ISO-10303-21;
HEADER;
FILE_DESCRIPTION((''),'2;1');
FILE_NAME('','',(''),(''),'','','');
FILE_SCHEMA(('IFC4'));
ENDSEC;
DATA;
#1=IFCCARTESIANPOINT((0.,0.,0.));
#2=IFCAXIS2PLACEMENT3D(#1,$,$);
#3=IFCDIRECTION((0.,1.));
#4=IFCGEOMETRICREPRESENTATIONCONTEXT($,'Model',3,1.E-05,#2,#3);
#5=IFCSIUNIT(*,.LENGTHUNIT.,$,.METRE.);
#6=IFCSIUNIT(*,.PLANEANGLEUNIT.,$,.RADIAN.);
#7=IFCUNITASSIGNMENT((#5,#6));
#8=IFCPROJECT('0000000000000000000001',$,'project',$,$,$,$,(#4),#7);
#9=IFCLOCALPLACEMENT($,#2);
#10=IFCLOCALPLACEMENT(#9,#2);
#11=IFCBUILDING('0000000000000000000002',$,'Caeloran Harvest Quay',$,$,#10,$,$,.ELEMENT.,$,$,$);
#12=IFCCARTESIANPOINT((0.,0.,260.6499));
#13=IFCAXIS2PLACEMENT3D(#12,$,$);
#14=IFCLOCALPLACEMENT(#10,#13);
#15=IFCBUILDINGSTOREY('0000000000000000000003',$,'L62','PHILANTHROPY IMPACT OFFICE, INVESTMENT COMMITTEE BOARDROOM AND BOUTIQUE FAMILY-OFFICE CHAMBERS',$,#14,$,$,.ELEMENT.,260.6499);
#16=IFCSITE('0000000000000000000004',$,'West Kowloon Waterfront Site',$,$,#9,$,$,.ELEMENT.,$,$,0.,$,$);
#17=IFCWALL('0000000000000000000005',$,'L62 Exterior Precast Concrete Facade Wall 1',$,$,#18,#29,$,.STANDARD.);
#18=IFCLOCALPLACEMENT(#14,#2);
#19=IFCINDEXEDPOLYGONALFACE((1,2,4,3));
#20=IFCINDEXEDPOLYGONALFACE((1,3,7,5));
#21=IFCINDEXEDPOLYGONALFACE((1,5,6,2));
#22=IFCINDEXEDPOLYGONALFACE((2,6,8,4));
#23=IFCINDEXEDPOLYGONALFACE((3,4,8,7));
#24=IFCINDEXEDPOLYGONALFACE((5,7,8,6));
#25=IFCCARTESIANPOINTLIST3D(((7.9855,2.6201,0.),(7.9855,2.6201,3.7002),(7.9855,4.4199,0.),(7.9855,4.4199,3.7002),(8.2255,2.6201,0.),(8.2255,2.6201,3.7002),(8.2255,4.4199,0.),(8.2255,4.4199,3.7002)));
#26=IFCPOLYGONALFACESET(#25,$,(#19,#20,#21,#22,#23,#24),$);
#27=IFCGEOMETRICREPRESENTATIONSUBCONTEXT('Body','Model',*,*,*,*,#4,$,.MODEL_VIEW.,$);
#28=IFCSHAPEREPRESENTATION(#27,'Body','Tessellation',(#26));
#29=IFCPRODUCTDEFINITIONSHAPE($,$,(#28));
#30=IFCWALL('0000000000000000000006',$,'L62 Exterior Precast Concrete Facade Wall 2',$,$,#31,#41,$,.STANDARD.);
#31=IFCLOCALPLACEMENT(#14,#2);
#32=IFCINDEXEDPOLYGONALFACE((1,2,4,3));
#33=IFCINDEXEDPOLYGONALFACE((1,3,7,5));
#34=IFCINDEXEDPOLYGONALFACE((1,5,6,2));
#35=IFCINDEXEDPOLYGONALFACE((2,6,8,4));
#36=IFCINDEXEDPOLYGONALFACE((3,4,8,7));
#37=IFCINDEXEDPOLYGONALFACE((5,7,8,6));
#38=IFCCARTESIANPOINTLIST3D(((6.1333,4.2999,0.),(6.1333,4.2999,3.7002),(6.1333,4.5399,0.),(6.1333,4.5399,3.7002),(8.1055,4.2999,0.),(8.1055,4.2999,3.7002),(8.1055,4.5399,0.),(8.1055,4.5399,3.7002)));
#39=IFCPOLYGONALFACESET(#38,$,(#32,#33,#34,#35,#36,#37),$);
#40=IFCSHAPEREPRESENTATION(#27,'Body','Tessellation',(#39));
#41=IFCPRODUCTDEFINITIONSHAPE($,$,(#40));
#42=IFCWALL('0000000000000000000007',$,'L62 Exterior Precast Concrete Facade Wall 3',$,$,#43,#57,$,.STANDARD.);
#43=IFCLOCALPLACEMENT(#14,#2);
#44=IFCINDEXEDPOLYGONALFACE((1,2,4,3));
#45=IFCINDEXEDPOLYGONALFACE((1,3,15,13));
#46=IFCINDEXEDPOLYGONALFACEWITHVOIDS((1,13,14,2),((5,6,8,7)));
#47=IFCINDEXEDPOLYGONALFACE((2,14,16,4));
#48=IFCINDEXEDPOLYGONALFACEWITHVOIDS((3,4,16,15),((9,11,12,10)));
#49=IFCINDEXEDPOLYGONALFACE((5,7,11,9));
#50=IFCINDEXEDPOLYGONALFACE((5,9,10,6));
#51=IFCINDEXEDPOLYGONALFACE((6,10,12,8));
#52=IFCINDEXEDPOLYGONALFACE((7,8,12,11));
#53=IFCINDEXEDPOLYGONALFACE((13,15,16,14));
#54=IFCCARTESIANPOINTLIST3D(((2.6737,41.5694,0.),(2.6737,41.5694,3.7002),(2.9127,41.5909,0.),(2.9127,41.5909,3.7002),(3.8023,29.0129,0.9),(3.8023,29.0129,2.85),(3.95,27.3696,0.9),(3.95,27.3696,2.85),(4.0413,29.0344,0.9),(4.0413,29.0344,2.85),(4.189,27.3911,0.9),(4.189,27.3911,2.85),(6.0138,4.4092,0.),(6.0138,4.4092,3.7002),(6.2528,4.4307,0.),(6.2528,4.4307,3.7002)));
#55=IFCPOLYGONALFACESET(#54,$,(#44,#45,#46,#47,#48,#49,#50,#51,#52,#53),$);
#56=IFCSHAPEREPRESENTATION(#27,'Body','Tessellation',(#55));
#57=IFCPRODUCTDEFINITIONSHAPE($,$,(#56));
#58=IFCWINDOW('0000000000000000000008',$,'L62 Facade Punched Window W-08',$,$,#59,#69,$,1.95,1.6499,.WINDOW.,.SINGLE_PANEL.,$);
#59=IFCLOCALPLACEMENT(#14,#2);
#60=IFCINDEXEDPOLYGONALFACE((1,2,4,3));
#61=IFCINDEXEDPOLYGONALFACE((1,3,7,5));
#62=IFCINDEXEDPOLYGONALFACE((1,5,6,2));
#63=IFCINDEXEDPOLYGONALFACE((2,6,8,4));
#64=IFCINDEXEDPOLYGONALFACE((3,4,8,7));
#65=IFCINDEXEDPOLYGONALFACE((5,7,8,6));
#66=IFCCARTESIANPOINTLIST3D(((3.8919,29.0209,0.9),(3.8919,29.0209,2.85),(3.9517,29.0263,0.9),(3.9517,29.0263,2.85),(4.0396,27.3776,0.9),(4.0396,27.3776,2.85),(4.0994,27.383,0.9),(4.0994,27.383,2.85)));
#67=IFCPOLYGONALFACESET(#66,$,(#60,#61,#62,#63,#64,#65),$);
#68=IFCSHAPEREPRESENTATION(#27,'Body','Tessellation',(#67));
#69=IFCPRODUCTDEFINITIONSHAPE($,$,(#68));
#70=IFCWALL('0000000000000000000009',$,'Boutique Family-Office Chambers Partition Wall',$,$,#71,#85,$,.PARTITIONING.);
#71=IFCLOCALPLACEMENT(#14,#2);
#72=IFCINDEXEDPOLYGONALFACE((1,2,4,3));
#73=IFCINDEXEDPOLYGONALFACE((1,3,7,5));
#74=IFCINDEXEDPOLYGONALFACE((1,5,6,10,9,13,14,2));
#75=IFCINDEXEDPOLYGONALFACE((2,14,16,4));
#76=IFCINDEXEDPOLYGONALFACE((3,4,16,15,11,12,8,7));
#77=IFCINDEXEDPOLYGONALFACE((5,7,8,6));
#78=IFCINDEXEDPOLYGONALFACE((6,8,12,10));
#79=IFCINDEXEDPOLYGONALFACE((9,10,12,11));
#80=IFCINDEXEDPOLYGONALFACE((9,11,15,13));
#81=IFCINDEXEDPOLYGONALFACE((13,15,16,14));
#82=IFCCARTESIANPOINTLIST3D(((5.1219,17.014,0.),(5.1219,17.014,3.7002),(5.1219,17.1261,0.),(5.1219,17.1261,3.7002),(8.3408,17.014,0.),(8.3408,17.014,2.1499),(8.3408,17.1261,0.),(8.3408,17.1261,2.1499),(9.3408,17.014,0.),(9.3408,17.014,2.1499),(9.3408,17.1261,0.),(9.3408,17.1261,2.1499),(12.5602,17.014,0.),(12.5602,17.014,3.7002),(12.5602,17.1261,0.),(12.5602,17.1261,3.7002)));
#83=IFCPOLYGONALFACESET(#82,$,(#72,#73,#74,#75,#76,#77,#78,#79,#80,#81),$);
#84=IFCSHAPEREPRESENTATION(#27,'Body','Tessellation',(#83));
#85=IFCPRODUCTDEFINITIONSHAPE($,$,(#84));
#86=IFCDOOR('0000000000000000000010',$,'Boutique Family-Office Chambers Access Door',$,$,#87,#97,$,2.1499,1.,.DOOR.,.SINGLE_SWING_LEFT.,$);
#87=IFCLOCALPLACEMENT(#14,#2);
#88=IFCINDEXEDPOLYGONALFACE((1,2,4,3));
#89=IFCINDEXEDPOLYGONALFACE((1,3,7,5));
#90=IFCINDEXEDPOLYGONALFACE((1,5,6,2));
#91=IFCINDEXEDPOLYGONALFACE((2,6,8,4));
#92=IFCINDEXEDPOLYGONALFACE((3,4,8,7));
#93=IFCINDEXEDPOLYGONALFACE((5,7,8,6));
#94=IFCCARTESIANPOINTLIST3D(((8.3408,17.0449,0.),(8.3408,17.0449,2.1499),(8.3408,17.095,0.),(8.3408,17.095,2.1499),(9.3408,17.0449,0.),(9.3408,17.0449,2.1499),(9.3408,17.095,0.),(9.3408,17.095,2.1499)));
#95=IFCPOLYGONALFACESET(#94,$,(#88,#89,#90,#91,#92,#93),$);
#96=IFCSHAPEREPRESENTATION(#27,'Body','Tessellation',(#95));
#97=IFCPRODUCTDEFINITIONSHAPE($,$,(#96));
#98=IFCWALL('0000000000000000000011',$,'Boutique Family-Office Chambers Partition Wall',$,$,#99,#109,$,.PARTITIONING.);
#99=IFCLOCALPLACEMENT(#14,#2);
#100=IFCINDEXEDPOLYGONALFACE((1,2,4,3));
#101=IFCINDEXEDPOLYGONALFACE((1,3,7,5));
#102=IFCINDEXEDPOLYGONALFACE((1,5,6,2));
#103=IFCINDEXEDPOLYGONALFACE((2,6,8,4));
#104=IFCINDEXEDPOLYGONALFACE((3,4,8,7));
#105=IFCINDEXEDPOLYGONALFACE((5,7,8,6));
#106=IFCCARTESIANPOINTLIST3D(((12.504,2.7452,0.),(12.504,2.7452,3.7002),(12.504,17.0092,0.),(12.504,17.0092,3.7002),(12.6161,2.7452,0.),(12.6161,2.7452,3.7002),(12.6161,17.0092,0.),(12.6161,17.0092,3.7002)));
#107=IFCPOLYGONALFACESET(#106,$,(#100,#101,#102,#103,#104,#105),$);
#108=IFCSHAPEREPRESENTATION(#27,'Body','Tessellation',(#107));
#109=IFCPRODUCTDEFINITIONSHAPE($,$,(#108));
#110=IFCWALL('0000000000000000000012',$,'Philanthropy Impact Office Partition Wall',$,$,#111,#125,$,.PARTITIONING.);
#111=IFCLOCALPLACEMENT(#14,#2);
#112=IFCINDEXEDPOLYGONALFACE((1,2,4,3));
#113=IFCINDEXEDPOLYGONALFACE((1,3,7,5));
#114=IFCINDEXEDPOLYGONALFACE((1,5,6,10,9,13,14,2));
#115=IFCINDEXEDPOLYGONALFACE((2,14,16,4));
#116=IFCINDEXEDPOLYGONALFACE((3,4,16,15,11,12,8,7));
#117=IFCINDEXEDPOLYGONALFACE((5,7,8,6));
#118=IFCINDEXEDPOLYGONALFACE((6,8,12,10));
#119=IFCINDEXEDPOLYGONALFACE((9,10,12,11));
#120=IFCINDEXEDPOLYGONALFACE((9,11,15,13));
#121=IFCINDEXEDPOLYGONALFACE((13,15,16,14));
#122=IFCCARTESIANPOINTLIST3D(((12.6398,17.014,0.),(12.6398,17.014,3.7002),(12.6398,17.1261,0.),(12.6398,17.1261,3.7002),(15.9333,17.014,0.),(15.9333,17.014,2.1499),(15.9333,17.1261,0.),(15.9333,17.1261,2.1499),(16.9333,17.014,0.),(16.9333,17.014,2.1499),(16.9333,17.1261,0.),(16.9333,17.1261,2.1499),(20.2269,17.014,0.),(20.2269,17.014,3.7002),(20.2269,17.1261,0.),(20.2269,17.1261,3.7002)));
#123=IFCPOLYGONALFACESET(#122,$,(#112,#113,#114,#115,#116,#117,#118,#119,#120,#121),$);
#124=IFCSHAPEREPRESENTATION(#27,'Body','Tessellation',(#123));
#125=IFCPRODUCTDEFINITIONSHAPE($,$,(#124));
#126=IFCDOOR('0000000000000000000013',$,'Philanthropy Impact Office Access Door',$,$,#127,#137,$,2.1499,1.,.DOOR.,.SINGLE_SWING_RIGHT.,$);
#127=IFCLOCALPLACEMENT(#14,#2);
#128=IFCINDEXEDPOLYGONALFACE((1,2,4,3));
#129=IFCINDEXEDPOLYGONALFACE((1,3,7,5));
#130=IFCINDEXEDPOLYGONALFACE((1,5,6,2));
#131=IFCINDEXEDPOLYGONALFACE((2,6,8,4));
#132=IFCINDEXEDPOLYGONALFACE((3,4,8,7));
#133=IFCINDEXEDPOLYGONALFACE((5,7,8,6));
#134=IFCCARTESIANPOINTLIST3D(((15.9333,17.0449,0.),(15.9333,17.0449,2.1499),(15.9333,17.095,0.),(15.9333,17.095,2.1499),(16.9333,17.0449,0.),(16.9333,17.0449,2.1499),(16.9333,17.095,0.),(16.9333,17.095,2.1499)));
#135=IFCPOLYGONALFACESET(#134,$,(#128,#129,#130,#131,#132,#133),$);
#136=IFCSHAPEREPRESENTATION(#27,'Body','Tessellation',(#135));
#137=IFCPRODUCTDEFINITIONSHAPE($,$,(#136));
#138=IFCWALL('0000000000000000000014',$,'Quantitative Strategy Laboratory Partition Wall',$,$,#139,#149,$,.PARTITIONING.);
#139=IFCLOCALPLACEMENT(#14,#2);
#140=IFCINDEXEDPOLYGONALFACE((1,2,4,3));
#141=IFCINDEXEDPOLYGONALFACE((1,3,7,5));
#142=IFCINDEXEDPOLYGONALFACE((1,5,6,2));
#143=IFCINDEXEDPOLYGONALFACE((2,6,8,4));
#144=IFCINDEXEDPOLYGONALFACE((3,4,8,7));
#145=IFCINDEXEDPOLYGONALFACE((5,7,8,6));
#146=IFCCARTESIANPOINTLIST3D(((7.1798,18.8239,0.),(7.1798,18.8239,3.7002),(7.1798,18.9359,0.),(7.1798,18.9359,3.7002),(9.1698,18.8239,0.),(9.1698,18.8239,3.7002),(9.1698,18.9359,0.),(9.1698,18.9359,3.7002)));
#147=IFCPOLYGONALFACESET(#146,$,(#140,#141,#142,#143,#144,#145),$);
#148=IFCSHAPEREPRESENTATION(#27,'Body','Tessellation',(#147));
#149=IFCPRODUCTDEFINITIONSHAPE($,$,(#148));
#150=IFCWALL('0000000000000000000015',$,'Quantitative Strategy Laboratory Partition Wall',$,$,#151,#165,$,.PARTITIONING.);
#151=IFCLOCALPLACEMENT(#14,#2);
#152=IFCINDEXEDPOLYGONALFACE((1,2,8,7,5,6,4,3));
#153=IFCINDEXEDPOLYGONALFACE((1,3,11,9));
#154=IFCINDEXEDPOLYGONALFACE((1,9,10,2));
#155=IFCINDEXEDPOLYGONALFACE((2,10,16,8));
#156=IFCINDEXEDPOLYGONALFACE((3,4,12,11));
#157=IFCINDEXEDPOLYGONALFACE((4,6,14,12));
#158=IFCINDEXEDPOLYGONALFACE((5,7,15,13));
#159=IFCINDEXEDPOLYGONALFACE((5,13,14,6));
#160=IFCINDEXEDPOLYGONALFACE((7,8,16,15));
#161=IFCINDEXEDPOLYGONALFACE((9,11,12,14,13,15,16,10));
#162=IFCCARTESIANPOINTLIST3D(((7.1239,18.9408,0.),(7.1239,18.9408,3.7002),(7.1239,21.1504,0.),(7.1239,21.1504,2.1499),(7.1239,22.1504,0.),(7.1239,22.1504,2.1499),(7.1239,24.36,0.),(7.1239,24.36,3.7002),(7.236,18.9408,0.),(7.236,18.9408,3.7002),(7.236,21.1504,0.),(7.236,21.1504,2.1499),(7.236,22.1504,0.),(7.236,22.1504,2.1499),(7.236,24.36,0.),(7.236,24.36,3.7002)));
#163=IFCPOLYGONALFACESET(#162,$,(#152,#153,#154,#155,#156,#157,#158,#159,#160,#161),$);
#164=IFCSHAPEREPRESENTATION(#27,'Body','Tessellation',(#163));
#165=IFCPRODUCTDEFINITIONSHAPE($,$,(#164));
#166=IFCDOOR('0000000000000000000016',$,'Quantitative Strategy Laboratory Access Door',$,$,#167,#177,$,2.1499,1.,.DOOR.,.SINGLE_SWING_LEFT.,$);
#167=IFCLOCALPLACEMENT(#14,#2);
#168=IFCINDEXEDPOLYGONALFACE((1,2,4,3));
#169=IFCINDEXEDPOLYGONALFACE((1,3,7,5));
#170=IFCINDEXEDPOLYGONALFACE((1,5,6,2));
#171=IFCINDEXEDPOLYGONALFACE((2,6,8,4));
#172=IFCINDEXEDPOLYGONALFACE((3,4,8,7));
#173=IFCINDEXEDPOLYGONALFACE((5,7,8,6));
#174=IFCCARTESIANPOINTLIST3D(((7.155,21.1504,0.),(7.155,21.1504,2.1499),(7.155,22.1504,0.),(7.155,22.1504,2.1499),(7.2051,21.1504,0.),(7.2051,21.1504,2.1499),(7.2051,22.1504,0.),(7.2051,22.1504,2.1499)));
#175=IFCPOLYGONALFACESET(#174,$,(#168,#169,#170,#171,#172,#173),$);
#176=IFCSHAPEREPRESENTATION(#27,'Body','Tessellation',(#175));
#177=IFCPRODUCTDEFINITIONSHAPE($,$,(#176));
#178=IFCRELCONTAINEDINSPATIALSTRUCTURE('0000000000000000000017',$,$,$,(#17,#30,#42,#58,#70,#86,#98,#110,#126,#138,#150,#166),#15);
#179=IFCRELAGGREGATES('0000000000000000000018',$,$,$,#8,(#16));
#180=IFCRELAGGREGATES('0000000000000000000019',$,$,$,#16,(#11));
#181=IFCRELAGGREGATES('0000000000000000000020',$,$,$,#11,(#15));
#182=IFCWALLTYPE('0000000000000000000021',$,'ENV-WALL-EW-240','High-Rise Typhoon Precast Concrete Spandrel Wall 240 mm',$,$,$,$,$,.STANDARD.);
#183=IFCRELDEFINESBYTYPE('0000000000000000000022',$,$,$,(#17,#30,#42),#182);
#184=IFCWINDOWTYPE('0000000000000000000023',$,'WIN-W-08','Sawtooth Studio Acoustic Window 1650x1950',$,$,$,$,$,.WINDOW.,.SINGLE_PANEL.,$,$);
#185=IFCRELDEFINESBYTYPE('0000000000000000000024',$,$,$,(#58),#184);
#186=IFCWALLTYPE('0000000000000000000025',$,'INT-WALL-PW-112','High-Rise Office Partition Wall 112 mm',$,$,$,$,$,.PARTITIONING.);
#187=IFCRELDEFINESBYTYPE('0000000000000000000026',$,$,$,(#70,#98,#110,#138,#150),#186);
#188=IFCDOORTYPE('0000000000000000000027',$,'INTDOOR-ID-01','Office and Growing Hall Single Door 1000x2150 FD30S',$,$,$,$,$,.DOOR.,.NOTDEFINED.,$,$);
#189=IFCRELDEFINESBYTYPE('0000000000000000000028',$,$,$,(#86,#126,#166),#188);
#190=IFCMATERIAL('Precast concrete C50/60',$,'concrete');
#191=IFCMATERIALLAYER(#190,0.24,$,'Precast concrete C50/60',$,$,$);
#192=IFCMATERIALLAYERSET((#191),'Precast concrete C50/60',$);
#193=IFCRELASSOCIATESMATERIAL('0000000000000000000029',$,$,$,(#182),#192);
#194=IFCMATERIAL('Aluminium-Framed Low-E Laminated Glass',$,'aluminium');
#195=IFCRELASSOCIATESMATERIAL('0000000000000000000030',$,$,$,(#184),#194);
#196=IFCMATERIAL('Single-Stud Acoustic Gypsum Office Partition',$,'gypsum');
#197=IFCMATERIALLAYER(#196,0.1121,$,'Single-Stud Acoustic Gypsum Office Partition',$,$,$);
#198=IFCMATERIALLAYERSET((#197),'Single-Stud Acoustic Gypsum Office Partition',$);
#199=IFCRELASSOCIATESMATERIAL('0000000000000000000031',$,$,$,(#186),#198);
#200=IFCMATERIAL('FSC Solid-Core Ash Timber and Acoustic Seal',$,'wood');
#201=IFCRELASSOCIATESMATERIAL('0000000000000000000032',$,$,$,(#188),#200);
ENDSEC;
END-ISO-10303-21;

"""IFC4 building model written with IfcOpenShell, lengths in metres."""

from ifc_helpers import new_model, si_unit, direction, frame, frame_2d, origin, place, context, subcontext, project, spatial, rectangle, extrude, material, layer, layer_set, type_object, element, fill, save


model = new_model("IFC4")

# Units and contexts
model_context = context("Model", 3, precision=1e-05, world=origin(), true_north=direction((0.0, 1.0)))
body_context = subcontext(model_context, "Body", "Model", "MODEL_VIEW")
ifc_project = project(units=[si_unit("LENGTHUNIT", "METRE"), si_unit("PLANEANGLEUNIT", "RADIAN")], contexts=[model_context])

# Site, building, storey
site_placement = place(None, origin())
site = spatial("IfcSite", under=ifc_project, at=site_placement, Name="West Kowloon Waterfront Site", CompositionType="ELEMENT", RefElevation=0.0)
building_placement = place(site_placement, origin())
building = spatial("IfcBuilding", under=site, at=building_placement, Name="Caeloran Harvest Quay", CompositionType="ELEMENT")
storey_placement = place(building_placement, frame((0.0, 0.0, 260.6499)))
storey = spatial("IfcBuildingStorey", under=building, at=storey_placement, Name="L62", Description="PHILANTHROPY IMPACT OFFICE, INVESTMENT COMMITTEE BOARDROOM AND BOUTIQUE FAMILY-OFFICE CHAMBERS", CompositionType="ELEMENT", Elevation=260.6499)

# Shared definitions
ifc_material_1 = material(Name="Precast concrete C50/60", Category="concrete")

# Walls
ifc_layer_1 = layer(ifc_material_1, 0.24, Name="Precast concrete C50/60")
ifc_layer_set_1 = layer_set([ifc_layer_1], Name="Precast concrete C50/60")
wall_type_1 = type_object("IfcWallType", Name="ENV-WALL-EW-240", Description="High-Rise Typhoon Precast Concrete Spandrel Wall 240 mm", PredefinedType="STANDARD", material=ifc_layer_set_1)
wall_1_placement = place(storey_placement, frame((8.1055, 2.6201, 0.0), z_axis=(0.0, 0.0, 1.0), x_axis=(0.0, 1.0, 0.0)))
element("IfcWall", 1, at=wall_1_placement, inside=storey, type_object=wall_type_1, Name="L62 Exterior Precast Concrete Facade Wall 1", PredefinedType="STANDARD", context=body_context, shape_type="SweptSolid", body=[
    extrude(rectangle(XDim=1.7998, YDim=0.24, at=frame_2d((0.8999, 0.0))), origin(), (0.0, 0.0, 1.0), 3.7002),
])
wall_2_placement = place(storey_placement, frame((8.1055, 4.4199, 0.0), z_axis=(0.0, 0.0, 1.0), x_axis=(-1.0, 0.0, 0.0)))
element("IfcWall", 2, at=wall_2_placement, inside=storey, type_object=wall_type_1, Name="L62 Exterior Precast Concrete Facade Wall 2", PredefinedType="STANDARD", context=body_context, shape_type="SweptSolid", body=[
    extrude(rectangle(XDim=1.9722, YDim=0.24, at=frame_2d((0.9861, 0.0))), origin(), (0.0, 0.0, 1.0), 3.7002),
])

# Wall, opening, window
wall_3_placement = place(storey_placement, frame((6.1333, 4.4199, 0.0), z_axis=(0.0, 0.0, 1.0), x_axis=(-0.089523, 0.995985, 0.0)))
wall_3 = element("IfcWall", 3, at=wall_3_placement, inside=storey, type_object=wall_type_1, Name="L62 Exterior Precast Concrete Facade Wall 3", PredefinedType="STANDARD", context=body_context, shape_type="SweptSolid", body=[
    extrude(rectangle(XDim=37.3101, YDim=0.24, at=frame_2d((18.655, 0.0))), origin(), (0.0, 0.0, 1.0), 3.7002),
])
opening_1_placement = place(wall_3_placement, frame((23.053, 0.0, 0.8999)))
opening_1 = element("IfcOpeningElement", 4, at=opening_1_placement, cuts=wall_3, PredefinedType="OPENING", context=body_context, shape_type="SweptSolid", body=[
    extrude(rectangle(XDim=1.6499, YDim=1.95, at=frame_2d((0.825, 0.9751))), frame((0.0, 0.1299, 0.0), z_axis=(0.0, -1.0, 0.0), x_axis=(1.0, 0.0, 0.0)), (0.0, 0.0, 1.0), 0.26),
])
ifc_material_2 = material(Name="Aluminium-Framed Low-E Laminated Glass", Category="aluminium")
window_type = type_object("IfcWindowType", Name="WIN-W-08", Description="Sawtooth Studio Acoustic Window 1650x1950", PartitioningType="SINGLE_PANEL", PredefinedType="WINDOW", material=ifc_material_2)
window_placement = place(opening_1_placement, origin())
window = element("IfcWindow", 5, at=window_placement, inside=storey, type_object=window_type, Name="L62 Facade Punched Window W-08", OverallHeight=1.95, OverallWidth=1.6499, PartitioningType="SINGLE_PANEL", PredefinedType="WINDOW", context=body_context, shape_type="SweptSolid", body=[
    extrude(rectangle(XDim=1.6499, YDim=1.95, at=frame_2d((0.825, 0.9751))), frame((0.0, 0.03, 0.0), z_axis=(0.0, -1.0, 0.0), x_axis=(1.0, 0.0, 0.0)), (0.0, 0.0, 1.0), 0.0601),
])
fill(opening_1, window)

# Wall, opening, door
ifc_material_3 = material(Name="Single-Stud Acoustic Gypsum Office Partition", Category="gypsum")
ifc_layer_2 = layer(ifc_material_3, 0.1121, Name="Single-Stud Acoustic Gypsum Office Partition")
ifc_layer_set_2 = layer_set([ifc_layer_2], Name="Single-Stud Acoustic Gypsum Office Partition")
wall_type_2 = type_object("IfcWallType", Name="INT-WALL-PW-112", Description="High-Rise Office Partition Wall 112 mm", PredefinedType="PARTITIONING", material=ifc_layer_set_2)
wall_4_placement = place(storey_placement, frame((5.1218, 17.0701, 0.0), z_axis=(0.0, 0.0, 1.0), x_axis=(1.0, 0.0, 0.0)))
wall_4 = element("IfcWall", 6, at=wall_4_placement, inside=storey, type_object=wall_type_2, Name="Boutique Family-Office Chambers Partition Wall", PredefinedType="PARTITIONING", context=body_context, shape_type="SweptSolid", body=[
    extrude(rectangle(XDim=7.4382, YDim=0.1121, at=frame_2d((3.7192, 0.0))), origin(), (0.0, 0.0, 1.0), 3.7002),
])
opening_2_placement = place(wall_4_placement, frame((3.219, 0.0, 0.0)))
opening_2 = element("IfcOpeningElement", 7, at=opening_2_placement, cuts=wall_4, PredefinedType="OPENING", context=body_context, shape_type="SweptSolid", body=[
    extrude(rectangle(XDim=1.0, YDim=2.1499, at=frame_2d((0.5, 1.075))), frame((0.0, 0.0659, 0.0), z_axis=(0.0, -1.0, 0.0), x_axis=(1.0, 0.0, 0.0)), (0.0, 0.0, 1.0), 0.1321),
])
ifc_material_4 = material(Name="FSC Solid-Core Ash Timber and Acoustic Seal", Category="wood")
door_type = type_object("IfcDoorType", Name="INTDOOR-ID-01", Description="Office and Growing Hall Single Door 1000x2150 FD30S", OperationType="NOTDEFINED", PredefinedType="DOOR", material=ifc_material_4)
door_1_placement = place(opening_2_placement, origin())
door_1 = element("IfcDoor", 8, at=door_1_placement, inside=storey, type_object=door_type, Name="Boutique Family-Office Chambers Access Door", OperationType="SINGLE_SWING_LEFT", OverallHeight=2.1499, OverallWidth=1.0, PredefinedType="DOOR", context=body_context, shape_type="SweptSolid", body=[
    extrude(rectangle(XDim=1.0, YDim=2.1499, at=frame_2d((0.5, 1.075))), frame((0.0, 0.0249, 0.0), z_axis=(0.0, -1.0, 0.0), x_axis=(1.0, 0.0, 0.0)), (0.0, 0.0, 1.0), 0.05),
])
fill(opening_2, door_1)

# Wall
wall_5_placement = place(storey_placement, frame((12.5601, 17.009, 0.0), z_axis=(0.0, 0.0, 1.0), x_axis=(0.0, -1.0, 0.0)))
element("IfcWall", 9, at=wall_5_placement, inside=storey, type_object=wall_type_2, Name="Boutique Family-Office Chambers Partition Wall", PredefinedType="PARTITIONING", context=body_context, shape_type="SweptSolid", body=[
    extrude(rectangle(XDim=14.2639, YDim=0.1121, at=frame_2d((7.1318, 0.0))), origin(), (0.0, 0.0, 1.0), 3.7002),
])

# Wall, opening, door
wall_6_placement = place(storey_placement, frame((12.6399, 17.0701, 0.0), z_axis=(0.0, 0.0, 1.0), x_axis=(1.0, 0.0, 0.0)))
wall_6 = element("IfcWall", 10, at=wall_6_placement, inside=storey, type_object=wall_type_2, Name="Philanthropy Impact Office Partition Wall", PredefinedType="PARTITIONING", context=body_context, shape_type="SweptSolid", body=[
    extrude(rectangle(XDim=7.5872, YDim=0.1121, at=frame_2d((3.7935, 0.0))), origin(), (0.0, 0.0, 1.0), 3.7002),
])
opening_3_placement = place(wall_6_placement, frame((3.2935, 0.0, 0.0)))
opening_3 = element("IfcOpeningElement", 11, at=opening_3_placement, cuts=wall_6, PredefinedType="OPENING", context=body_context, shape_type="SweptSolid", body=[
    extrude(rectangle(XDim=1.0, YDim=2.1499, at=frame_2d((0.5, 1.075))), frame((0.0, 0.0659, 0.0), z_axis=(0.0, -1.0, 0.0), x_axis=(1.0, 0.0, 0.0)), (0.0, 0.0, 1.0), 0.1321),
])
door_2_placement = place(opening_3_placement, origin())
door_2 = element("IfcDoor", 12, at=door_2_placement, inside=storey, type_object=door_type, Name="Philanthropy Impact Office Access Door", OperationType="SINGLE_SWING_RIGHT", OverallHeight=2.1499, OverallWidth=1.0, PredefinedType="DOOR", context=body_context, shape_type="SweptSolid", body=[
    extrude(rectangle(XDim=1.0, YDim=2.1499, at=frame_2d((0.5, 1.075))), frame((0.0, 0.0249, 0.0), z_axis=(0.0, -1.0, 0.0), x_axis=(1.0, 0.0, 0.0)), (0.0, 0.0, 1.0), 0.05),
])
fill(opening_3, door_2)

# Wall
wall_7_placement = place(storey_placement, frame((9.1699, 18.8799, 0.0), z_axis=(0.0, 0.0, 1.0), x_axis=(-1.0, 0.0, 0.0)))
element("IfcWall", 13, at=wall_7_placement, inside=storey, type_object=wall_type_2, Name="Quantitative Strategy Laboratory Partition Wall", PredefinedType="PARTITIONING", context=body_context, shape_type="SweptSolid", body=[
    extrude(rectangle(XDim=1.99, YDim=0.1121, at=frame_2d((0.9951, 0.0))), origin(), (0.0, 0.0, 1.0), 3.7002),
])

# Wall, opening, door
wall_8_placement = place(storey_placement, frame((7.1799, 18.9409, 0.0), z_axis=(0.0, 0.0, 1.0), x_axis=(0.0, 1.0, 0.0)))
wall_8 = element("IfcWall", 14, at=wall_8_placement, inside=storey, type_object=wall_type_2, Name="Quantitative Strategy Laboratory Partition Wall", PredefinedType="PARTITIONING", context=body_context, shape_type="SweptSolid", body=[
    extrude(rectangle(XDim=5.4192, YDim=0.1121, at=frame_2d((2.7095, 0.0))), origin(), (0.0, 0.0, 1.0), 3.7002),
])
opening_4_placement = place(wall_8_placement, frame((2.2095, 0.0, 0.0)))
opening_4 = element("IfcOpeningElement", 15, at=opening_4_placement, cuts=wall_8, PredefinedType="OPENING", context=body_context, shape_type="SweptSolid", body=[
    extrude(rectangle(XDim=1.0, YDim=2.1499, at=frame_2d((0.5, 1.075))), frame((0.0, 0.0659, 0.0), z_axis=(0.0, -1.0, 0.0), x_axis=(1.0, 0.0, 0.0)), (0.0, 0.0, 1.0), 0.1321),
])
door_3_placement = place(opening_4_placement, origin())
door_3 = element("IfcDoor", 16, at=door_3_placement, inside=storey, type_object=door_type, Name="Quantitative Strategy Laboratory Access Door", OperationType="SINGLE_SWING_LEFT", OverallHeight=2.1499, OverallWidth=1.0, PredefinedType="DOOR", context=body_context, shape_type="SweptSolid", body=[
    extrude(rectangle(XDim=1.0, YDim=2.1499, at=frame_2d((0.5, 1.075))), frame((0.0, 0.0249, 0.0), z_axis=(0.0, -1.0, 0.0), x_axis=(1.0, 0.0, 0.0)), (0.0, 0.0, 1.0), 0.05),
])
fill(opening_4, door_3)

save(model, "model.ifc")
